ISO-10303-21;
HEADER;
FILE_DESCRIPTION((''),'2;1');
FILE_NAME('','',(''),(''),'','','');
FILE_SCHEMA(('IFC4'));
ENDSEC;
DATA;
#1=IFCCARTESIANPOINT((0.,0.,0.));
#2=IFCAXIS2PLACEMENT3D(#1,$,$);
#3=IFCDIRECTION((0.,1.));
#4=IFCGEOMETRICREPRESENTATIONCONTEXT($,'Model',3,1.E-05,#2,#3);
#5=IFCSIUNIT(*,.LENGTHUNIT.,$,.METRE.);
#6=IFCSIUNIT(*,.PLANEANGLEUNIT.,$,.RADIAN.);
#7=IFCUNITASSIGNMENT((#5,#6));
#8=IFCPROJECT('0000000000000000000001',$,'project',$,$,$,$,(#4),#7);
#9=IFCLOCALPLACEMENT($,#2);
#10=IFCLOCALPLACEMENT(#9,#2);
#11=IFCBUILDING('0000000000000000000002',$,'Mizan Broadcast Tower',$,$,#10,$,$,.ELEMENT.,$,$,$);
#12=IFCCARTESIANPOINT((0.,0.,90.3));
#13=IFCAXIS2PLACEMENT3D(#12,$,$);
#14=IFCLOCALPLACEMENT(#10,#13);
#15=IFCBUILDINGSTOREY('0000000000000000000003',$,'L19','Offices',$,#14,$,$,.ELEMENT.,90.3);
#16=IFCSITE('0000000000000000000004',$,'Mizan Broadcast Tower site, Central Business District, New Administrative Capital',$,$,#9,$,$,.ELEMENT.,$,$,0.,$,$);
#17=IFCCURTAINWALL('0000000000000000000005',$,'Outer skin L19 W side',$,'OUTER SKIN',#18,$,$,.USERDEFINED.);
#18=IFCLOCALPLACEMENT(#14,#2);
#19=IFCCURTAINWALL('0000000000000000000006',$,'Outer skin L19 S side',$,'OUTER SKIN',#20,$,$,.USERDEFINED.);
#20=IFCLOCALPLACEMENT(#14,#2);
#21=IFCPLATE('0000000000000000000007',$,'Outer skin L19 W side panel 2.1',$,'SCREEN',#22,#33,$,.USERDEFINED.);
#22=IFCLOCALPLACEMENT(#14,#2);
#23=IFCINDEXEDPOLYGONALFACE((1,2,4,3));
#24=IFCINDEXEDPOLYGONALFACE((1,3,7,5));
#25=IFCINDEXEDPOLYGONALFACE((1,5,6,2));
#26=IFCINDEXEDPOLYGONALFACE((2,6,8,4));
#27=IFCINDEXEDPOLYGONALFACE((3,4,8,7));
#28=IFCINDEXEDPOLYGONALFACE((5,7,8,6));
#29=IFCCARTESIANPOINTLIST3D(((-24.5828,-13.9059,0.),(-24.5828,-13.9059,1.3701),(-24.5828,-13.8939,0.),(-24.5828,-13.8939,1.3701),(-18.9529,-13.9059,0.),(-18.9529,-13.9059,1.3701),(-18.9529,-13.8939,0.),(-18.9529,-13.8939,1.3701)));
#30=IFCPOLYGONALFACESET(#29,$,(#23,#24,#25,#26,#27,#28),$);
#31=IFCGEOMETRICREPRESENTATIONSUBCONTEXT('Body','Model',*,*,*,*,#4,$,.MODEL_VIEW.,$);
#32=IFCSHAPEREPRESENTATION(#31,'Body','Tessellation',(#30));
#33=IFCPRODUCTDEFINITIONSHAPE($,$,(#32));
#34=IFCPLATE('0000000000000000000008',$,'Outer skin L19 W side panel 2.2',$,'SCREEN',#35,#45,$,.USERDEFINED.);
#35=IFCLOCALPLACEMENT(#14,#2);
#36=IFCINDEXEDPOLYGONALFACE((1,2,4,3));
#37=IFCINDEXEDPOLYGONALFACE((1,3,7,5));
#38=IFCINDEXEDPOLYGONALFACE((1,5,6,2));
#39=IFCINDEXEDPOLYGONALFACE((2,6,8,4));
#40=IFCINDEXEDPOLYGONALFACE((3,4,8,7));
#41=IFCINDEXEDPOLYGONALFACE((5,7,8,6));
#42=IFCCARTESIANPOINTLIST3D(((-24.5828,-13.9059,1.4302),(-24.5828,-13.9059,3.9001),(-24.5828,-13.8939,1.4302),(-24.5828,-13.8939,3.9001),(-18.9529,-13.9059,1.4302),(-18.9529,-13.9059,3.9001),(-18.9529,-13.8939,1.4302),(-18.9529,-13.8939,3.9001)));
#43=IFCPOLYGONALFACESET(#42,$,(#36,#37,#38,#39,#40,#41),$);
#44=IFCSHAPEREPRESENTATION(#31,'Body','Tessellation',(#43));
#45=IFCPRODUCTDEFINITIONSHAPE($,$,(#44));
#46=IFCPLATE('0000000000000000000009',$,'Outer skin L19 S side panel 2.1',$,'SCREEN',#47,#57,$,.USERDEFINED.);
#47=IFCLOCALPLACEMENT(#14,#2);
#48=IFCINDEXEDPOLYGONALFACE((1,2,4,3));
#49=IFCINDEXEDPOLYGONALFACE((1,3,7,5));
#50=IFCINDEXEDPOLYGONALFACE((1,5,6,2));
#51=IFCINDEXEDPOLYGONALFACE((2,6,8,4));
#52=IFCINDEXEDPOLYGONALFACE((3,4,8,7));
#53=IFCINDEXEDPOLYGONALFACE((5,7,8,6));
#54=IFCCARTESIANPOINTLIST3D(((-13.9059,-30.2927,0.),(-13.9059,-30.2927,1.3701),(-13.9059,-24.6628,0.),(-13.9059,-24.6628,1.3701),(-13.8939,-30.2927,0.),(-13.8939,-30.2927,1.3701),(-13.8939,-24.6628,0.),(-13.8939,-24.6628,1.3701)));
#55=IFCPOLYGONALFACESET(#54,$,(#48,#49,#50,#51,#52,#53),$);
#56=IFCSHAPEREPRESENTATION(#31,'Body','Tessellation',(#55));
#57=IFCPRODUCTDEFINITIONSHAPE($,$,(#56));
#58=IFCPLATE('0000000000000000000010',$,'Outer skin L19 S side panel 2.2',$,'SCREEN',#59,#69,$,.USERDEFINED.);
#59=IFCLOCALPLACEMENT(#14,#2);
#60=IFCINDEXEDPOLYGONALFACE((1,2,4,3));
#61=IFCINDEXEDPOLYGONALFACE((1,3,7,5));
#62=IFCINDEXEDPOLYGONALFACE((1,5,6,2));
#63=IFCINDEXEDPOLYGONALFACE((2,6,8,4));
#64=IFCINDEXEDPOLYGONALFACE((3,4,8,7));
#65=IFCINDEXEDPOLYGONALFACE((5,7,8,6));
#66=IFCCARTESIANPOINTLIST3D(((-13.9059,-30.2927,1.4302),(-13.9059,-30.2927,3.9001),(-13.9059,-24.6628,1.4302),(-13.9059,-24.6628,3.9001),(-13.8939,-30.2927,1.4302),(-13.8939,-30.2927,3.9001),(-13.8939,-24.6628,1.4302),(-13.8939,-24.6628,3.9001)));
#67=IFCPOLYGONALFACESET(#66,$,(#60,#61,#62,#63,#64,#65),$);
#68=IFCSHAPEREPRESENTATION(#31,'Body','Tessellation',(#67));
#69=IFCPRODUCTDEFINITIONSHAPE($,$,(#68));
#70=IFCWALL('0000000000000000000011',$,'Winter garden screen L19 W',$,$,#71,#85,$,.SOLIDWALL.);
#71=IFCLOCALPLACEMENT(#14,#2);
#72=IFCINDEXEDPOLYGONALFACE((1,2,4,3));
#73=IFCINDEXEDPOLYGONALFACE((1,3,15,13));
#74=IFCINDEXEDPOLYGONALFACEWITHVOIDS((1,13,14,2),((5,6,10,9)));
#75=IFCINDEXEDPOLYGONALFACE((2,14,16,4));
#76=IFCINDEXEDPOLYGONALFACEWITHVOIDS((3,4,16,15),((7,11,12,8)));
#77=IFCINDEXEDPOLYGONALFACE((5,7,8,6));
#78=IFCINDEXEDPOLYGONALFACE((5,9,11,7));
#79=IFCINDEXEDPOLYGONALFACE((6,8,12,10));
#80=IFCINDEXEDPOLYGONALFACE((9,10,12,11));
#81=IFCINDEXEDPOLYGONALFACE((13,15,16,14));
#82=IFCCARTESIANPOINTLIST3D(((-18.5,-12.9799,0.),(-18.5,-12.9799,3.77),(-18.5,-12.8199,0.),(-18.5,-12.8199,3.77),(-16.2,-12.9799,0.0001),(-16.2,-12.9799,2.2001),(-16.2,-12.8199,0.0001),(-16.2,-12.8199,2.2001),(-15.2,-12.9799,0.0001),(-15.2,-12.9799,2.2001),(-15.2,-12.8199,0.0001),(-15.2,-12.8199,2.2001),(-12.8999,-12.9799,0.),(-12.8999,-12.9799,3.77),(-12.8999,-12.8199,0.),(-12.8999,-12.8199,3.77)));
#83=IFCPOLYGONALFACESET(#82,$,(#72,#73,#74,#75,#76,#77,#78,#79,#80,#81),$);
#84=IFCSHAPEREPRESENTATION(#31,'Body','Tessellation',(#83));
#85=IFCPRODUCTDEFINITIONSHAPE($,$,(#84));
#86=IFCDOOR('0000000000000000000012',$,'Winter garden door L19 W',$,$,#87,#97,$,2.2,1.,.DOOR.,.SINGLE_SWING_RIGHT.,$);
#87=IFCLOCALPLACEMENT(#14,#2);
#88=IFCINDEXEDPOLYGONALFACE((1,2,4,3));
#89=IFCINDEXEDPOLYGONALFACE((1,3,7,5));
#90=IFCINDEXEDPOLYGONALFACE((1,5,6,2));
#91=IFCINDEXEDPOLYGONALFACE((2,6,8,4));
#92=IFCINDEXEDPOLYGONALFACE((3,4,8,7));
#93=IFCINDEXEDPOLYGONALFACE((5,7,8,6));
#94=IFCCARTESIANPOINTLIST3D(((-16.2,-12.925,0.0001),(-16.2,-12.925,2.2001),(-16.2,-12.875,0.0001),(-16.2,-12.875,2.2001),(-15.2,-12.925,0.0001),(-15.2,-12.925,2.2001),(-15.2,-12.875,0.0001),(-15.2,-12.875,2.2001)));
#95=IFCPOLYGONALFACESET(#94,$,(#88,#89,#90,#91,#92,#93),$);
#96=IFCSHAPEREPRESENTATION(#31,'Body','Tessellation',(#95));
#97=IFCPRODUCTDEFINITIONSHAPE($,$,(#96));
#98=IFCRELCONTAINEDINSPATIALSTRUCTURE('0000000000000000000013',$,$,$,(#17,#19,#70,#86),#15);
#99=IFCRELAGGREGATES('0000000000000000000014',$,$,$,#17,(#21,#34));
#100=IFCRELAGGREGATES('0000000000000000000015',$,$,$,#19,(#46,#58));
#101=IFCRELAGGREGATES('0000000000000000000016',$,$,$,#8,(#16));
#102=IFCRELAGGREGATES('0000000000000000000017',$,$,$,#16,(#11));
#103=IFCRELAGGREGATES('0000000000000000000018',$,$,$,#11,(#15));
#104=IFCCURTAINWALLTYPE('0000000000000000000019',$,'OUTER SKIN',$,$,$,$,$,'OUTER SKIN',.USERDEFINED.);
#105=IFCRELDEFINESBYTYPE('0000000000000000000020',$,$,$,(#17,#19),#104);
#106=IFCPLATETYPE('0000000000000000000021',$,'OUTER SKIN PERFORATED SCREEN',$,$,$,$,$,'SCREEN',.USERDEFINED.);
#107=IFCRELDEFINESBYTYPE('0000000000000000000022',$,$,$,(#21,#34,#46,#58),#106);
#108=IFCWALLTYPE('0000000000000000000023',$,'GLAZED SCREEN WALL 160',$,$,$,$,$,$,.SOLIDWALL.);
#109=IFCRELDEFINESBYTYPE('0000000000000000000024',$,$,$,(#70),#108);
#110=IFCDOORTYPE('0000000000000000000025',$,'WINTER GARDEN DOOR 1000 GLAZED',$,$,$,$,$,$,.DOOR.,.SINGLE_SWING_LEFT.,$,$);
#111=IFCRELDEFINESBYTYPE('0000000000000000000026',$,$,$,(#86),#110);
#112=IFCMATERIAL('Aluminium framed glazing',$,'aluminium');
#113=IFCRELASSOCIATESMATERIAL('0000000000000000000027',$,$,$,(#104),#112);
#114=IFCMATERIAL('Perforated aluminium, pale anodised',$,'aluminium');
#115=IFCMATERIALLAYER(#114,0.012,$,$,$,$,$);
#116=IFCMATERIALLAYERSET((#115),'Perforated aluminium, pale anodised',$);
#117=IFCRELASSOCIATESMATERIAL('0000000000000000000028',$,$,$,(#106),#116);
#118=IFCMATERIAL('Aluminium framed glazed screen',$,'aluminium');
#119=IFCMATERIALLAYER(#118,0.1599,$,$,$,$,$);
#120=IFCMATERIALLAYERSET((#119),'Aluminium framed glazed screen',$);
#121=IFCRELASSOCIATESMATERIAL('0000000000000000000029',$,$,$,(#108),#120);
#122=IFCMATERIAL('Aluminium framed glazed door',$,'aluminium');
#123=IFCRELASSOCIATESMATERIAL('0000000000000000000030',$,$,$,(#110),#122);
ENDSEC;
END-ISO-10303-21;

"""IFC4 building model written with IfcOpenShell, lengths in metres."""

from ifc_helpers import new_model, si_unit, direction, frame, frame_2d, origin, origin_2d, place, context, subcontext, project, spatial, rectangle, extrude, material, layer, layer_set, type_object, element, fill, aggregate, save


model = new_model("IFC4")

# Units and contexts
model_context = context("Model", 3, precision=1e-05, world=origin(), true_north=direction((0.0, 1.0)))
body_context = subcontext(model_context, "Body", "Model", "MODEL_VIEW")
ifc_project = project(units=[si_unit("LENGTHUNIT", "METRE"), si_unit("PLANEANGLEUNIT", "RADIAN")], contexts=[model_context])

# Site, building, storey
site_placement = place(None, origin())
site = spatial("IfcSite", under=ifc_project, at=site_placement, Name="Mizan Broadcast Tower site, Central Business District, New Administrative Capital", CompositionType="ELEMENT", RefElevation=0.0)
building_placement = place(site_placement, origin())
building = spatial("IfcBuilding", under=site, at=building_placement, Name="Mizan Broadcast Tower", CompositionType="ELEMENT")
storey_placement = place(building_placement, frame((0.0, 0.0, 90.3)))
storey = spatial("IfcBuildingStorey", under=building, at=storey_placement, Name="L19", Description="Offices", CompositionType="ELEMENT", Elevation=90.3)

# Shared definitions
ifc_material_1 = material(Name="Aluminium framed glazing", Category="aluminium")
curtain_wall_type_1 = type_object("IfcCurtainWallType", Name="OUTER SKIN", ElementType="OUTER SKIN", PredefinedType="USERDEFINED", material=ifc_material_1)

# Curtain wall
curtain_wall_1_placement = place(storey_placement, origin())
curtain_wall_1 = element("IfcCurtainWall", 1, at=curtain_wall_1_placement, inside=storey, type_object=curtain_wall_type_1, Name="Outer skin L19 W side", ObjectType="OUTER SKIN", PredefinedType="USERDEFINED")

# Curtain wall
curtain_wall_2_placement = place(storey_placement, origin())
curtain_wall_2 = element("IfcCurtainWall", 2, at=curtain_wall_2_placement, inside=storey, type_object=curtain_wall_type_1, Name="Outer skin L19 S side", ObjectType="OUTER SKIN", PredefinedType="USERDEFINED")

# Plates
ifc_material_2 = material(Name="Perforated aluminium, pale anodised", Category="aluminium")
ifc_layer_1 = layer(ifc_material_2, 0.012)
ifc_layer_set_1 = layer_set([ifc_layer_1], Name="Perforated aluminium, pale anodised")
plate_type_1 = type_object("IfcPlateType", Name="OUTER SKIN PERFORATED SCREEN", ElementType="SCREEN", PredefinedType="USERDEFINED", material=ifc_layer_set_1)
plate_1_placement = place(storey_placement, frame((-21.7678, -13.8999, 0.0), z_axis=(0.0, 0.0, 1.0), x_axis=(1.0, 0.0, 0.0)))
plate_1 = element("IfcPlate", 3, at=plate_1_placement, type_object=plate_type_1, Name="Outer skin L19 W side panel 2.1", ObjectType="SCREEN", PredefinedType="USERDEFINED", context=body_context, shape_type="SweptSolid", body=[
    extrude(rectangle(XDim=5.6299, YDim=0.012, at=origin_2d()), origin(), (0.0, 0.0, 1.0), 1.3701),
])
plate_2_placement = place(storey_placement, frame((-21.7678, -13.8999, 1.4302), z_axis=(0.0, 0.0, 1.0), x_axis=(1.0, 0.0, 0.0)))
plate_2 = element("IfcPlate", 4, at=plate_2_placement, type_object=plate_type_1, Name="Outer skin L19 W side panel 2.2", ObjectType="SCREEN", PredefinedType="USERDEFINED", context=body_context, shape_type="SweptSolid", body=[
    extrude(rectangle(XDim=5.6299, YDim=0.012, at=origin_2d()), origin(), (0.0, 0.0, 1.0), 2.47),
])
aggregate(curtain_wall_1, [plate_1, plate_2])
plate_3_placement = place(storey_placement, frame((-13.8999, -27.4778, 0.0), z_axis=(0.0, 0.0, 1.0), x_axis=(0.0, -1.0, 0.0)))
plate_3 = element("IfcPlate", 5, at=plate_3_placement, type_object=plate_type_1, Name="Outer skin L19 S side panel 2.1", ObjectType="SCREEN", PredefinedType="USERDEFINED", context=body_context, shape_type="SweptSolid", body=[
    extrude(rectangle(XDim=5.6299, YDim=0.012, at=origin_2d()), origin(), (0.0, 0.0, 1.0), 1.3701),
])
plate_4_placement = place(storey_placement, frame((-13.8999, -27.4778, 1.4302), z_axis=(0.0, 0.0, 1.0), x_axis=(0.0, -1.0, 0.0)))
plate_4 = element("IfcPlate", 6, at=plate_4_placement, type_object=plate_type_1, Name="Outer skin L19 S side panel 2.2", ObjectType="SCREEN", PredefinedType="USERDEFINED", context=body_context, shape_type="SweptSolid", body=[
    extrude(rectangle(XDim=5.6299, YDim=0.012, at=origin_2d()), origin(), (0.0, 0.0, 1.0), 2.47),
])
aggregate(curtain_wall_2, [plate_3, plate_4])

# Wall, opening, door
ifc_material_3 = material(Name="Aluminium framed glazed screen", Category="aluminium")
ifc_layer_2 = layer(ifc_material_3, 0.1599)
ifc_layer_set_2 = layer_set([ifc_layer_2], Name="Aluminium framed glazed screen")
wall_type = type_object("IfcWallType", Name="GLAZED SCREEN WALL 160", PredefinedType="SOLIDWALL", material=ifc_layer_set_2)
wall_placement = place(storey_placement, frame((-18.5, -12.8999, 0.0), z_axis=(0.0, 0.0, 1.0), x_axis=(1.0, 0.0, 0.0)))
wall = element("IfcWall", 7, at=wall_placement, inside=storey, type_object=wall_type, Name="Winter garden screen L19 W", PredefinedType="SOLIDWALL", context=body_context, shape_type="SweptSolid", body=[
    extrude(rectangle(XDim=5.6001, YDim=0.1599, at=frame_2d((2.8, 0.0))), origin(), (0.0, 0.0, 1.0), 3.77),
])
opening_placement = place(wall_placement, frame((2.3, 0.0, 0.0)))
opening = element("IfcOpeningElement", 8, at=opening_placement, cuts=wall, PredefinedType="OPENING", context=body_context, shape_type="SweptSolid", body=[
    extrude(rectangle(XDim=1.0, YDim=2.2, at=frame_2d((0.5, 1.1001))), frame((0.0, 0.0898, 0.0), z_axis=(0.0, -1.0, 0.0), x_axis=(1.0, 0.0, 0.0)), (0.0, 0.0, 1.0), 0.1799),
])
ifc_material_4 = material(Name="Aluminium framed glazed door", Category="aluminium")
door_type = type_object("IfcDoorType", Name="WINTER GARDEN DOOR 1000 GLAZED", OperationType="SINGLE_SWING_LEFT", PredefinedType="DOOR", material=ifc_material_4)
door_placement = place(opening_placement, origin())
door = element("IfcDoor", 9, at=door_placement, inside=storey, type_object=door_type, Name="Winter garden door L19 W", OperationType="SINGLE_SWING_RIGHT", OverallHeight=2.2, OverallWidth=1.0, PredefinedType="DOOR", context=body_context, shape_type="SweptSolid", body=[
    extrude(rectangle(XDim=1.0, YDim=2.2, at=frame_2d((0.5, 1.1001))), frame((0.0, 0.0249, 0.0), z_axis=(0.0, -1.0, 0.0), x_axis=(1.0, 0.0, 0.0)), (0.0, 0.0, 1.0), 0.05),
])
fill(opening, door)

save(model, "model.ifc")
